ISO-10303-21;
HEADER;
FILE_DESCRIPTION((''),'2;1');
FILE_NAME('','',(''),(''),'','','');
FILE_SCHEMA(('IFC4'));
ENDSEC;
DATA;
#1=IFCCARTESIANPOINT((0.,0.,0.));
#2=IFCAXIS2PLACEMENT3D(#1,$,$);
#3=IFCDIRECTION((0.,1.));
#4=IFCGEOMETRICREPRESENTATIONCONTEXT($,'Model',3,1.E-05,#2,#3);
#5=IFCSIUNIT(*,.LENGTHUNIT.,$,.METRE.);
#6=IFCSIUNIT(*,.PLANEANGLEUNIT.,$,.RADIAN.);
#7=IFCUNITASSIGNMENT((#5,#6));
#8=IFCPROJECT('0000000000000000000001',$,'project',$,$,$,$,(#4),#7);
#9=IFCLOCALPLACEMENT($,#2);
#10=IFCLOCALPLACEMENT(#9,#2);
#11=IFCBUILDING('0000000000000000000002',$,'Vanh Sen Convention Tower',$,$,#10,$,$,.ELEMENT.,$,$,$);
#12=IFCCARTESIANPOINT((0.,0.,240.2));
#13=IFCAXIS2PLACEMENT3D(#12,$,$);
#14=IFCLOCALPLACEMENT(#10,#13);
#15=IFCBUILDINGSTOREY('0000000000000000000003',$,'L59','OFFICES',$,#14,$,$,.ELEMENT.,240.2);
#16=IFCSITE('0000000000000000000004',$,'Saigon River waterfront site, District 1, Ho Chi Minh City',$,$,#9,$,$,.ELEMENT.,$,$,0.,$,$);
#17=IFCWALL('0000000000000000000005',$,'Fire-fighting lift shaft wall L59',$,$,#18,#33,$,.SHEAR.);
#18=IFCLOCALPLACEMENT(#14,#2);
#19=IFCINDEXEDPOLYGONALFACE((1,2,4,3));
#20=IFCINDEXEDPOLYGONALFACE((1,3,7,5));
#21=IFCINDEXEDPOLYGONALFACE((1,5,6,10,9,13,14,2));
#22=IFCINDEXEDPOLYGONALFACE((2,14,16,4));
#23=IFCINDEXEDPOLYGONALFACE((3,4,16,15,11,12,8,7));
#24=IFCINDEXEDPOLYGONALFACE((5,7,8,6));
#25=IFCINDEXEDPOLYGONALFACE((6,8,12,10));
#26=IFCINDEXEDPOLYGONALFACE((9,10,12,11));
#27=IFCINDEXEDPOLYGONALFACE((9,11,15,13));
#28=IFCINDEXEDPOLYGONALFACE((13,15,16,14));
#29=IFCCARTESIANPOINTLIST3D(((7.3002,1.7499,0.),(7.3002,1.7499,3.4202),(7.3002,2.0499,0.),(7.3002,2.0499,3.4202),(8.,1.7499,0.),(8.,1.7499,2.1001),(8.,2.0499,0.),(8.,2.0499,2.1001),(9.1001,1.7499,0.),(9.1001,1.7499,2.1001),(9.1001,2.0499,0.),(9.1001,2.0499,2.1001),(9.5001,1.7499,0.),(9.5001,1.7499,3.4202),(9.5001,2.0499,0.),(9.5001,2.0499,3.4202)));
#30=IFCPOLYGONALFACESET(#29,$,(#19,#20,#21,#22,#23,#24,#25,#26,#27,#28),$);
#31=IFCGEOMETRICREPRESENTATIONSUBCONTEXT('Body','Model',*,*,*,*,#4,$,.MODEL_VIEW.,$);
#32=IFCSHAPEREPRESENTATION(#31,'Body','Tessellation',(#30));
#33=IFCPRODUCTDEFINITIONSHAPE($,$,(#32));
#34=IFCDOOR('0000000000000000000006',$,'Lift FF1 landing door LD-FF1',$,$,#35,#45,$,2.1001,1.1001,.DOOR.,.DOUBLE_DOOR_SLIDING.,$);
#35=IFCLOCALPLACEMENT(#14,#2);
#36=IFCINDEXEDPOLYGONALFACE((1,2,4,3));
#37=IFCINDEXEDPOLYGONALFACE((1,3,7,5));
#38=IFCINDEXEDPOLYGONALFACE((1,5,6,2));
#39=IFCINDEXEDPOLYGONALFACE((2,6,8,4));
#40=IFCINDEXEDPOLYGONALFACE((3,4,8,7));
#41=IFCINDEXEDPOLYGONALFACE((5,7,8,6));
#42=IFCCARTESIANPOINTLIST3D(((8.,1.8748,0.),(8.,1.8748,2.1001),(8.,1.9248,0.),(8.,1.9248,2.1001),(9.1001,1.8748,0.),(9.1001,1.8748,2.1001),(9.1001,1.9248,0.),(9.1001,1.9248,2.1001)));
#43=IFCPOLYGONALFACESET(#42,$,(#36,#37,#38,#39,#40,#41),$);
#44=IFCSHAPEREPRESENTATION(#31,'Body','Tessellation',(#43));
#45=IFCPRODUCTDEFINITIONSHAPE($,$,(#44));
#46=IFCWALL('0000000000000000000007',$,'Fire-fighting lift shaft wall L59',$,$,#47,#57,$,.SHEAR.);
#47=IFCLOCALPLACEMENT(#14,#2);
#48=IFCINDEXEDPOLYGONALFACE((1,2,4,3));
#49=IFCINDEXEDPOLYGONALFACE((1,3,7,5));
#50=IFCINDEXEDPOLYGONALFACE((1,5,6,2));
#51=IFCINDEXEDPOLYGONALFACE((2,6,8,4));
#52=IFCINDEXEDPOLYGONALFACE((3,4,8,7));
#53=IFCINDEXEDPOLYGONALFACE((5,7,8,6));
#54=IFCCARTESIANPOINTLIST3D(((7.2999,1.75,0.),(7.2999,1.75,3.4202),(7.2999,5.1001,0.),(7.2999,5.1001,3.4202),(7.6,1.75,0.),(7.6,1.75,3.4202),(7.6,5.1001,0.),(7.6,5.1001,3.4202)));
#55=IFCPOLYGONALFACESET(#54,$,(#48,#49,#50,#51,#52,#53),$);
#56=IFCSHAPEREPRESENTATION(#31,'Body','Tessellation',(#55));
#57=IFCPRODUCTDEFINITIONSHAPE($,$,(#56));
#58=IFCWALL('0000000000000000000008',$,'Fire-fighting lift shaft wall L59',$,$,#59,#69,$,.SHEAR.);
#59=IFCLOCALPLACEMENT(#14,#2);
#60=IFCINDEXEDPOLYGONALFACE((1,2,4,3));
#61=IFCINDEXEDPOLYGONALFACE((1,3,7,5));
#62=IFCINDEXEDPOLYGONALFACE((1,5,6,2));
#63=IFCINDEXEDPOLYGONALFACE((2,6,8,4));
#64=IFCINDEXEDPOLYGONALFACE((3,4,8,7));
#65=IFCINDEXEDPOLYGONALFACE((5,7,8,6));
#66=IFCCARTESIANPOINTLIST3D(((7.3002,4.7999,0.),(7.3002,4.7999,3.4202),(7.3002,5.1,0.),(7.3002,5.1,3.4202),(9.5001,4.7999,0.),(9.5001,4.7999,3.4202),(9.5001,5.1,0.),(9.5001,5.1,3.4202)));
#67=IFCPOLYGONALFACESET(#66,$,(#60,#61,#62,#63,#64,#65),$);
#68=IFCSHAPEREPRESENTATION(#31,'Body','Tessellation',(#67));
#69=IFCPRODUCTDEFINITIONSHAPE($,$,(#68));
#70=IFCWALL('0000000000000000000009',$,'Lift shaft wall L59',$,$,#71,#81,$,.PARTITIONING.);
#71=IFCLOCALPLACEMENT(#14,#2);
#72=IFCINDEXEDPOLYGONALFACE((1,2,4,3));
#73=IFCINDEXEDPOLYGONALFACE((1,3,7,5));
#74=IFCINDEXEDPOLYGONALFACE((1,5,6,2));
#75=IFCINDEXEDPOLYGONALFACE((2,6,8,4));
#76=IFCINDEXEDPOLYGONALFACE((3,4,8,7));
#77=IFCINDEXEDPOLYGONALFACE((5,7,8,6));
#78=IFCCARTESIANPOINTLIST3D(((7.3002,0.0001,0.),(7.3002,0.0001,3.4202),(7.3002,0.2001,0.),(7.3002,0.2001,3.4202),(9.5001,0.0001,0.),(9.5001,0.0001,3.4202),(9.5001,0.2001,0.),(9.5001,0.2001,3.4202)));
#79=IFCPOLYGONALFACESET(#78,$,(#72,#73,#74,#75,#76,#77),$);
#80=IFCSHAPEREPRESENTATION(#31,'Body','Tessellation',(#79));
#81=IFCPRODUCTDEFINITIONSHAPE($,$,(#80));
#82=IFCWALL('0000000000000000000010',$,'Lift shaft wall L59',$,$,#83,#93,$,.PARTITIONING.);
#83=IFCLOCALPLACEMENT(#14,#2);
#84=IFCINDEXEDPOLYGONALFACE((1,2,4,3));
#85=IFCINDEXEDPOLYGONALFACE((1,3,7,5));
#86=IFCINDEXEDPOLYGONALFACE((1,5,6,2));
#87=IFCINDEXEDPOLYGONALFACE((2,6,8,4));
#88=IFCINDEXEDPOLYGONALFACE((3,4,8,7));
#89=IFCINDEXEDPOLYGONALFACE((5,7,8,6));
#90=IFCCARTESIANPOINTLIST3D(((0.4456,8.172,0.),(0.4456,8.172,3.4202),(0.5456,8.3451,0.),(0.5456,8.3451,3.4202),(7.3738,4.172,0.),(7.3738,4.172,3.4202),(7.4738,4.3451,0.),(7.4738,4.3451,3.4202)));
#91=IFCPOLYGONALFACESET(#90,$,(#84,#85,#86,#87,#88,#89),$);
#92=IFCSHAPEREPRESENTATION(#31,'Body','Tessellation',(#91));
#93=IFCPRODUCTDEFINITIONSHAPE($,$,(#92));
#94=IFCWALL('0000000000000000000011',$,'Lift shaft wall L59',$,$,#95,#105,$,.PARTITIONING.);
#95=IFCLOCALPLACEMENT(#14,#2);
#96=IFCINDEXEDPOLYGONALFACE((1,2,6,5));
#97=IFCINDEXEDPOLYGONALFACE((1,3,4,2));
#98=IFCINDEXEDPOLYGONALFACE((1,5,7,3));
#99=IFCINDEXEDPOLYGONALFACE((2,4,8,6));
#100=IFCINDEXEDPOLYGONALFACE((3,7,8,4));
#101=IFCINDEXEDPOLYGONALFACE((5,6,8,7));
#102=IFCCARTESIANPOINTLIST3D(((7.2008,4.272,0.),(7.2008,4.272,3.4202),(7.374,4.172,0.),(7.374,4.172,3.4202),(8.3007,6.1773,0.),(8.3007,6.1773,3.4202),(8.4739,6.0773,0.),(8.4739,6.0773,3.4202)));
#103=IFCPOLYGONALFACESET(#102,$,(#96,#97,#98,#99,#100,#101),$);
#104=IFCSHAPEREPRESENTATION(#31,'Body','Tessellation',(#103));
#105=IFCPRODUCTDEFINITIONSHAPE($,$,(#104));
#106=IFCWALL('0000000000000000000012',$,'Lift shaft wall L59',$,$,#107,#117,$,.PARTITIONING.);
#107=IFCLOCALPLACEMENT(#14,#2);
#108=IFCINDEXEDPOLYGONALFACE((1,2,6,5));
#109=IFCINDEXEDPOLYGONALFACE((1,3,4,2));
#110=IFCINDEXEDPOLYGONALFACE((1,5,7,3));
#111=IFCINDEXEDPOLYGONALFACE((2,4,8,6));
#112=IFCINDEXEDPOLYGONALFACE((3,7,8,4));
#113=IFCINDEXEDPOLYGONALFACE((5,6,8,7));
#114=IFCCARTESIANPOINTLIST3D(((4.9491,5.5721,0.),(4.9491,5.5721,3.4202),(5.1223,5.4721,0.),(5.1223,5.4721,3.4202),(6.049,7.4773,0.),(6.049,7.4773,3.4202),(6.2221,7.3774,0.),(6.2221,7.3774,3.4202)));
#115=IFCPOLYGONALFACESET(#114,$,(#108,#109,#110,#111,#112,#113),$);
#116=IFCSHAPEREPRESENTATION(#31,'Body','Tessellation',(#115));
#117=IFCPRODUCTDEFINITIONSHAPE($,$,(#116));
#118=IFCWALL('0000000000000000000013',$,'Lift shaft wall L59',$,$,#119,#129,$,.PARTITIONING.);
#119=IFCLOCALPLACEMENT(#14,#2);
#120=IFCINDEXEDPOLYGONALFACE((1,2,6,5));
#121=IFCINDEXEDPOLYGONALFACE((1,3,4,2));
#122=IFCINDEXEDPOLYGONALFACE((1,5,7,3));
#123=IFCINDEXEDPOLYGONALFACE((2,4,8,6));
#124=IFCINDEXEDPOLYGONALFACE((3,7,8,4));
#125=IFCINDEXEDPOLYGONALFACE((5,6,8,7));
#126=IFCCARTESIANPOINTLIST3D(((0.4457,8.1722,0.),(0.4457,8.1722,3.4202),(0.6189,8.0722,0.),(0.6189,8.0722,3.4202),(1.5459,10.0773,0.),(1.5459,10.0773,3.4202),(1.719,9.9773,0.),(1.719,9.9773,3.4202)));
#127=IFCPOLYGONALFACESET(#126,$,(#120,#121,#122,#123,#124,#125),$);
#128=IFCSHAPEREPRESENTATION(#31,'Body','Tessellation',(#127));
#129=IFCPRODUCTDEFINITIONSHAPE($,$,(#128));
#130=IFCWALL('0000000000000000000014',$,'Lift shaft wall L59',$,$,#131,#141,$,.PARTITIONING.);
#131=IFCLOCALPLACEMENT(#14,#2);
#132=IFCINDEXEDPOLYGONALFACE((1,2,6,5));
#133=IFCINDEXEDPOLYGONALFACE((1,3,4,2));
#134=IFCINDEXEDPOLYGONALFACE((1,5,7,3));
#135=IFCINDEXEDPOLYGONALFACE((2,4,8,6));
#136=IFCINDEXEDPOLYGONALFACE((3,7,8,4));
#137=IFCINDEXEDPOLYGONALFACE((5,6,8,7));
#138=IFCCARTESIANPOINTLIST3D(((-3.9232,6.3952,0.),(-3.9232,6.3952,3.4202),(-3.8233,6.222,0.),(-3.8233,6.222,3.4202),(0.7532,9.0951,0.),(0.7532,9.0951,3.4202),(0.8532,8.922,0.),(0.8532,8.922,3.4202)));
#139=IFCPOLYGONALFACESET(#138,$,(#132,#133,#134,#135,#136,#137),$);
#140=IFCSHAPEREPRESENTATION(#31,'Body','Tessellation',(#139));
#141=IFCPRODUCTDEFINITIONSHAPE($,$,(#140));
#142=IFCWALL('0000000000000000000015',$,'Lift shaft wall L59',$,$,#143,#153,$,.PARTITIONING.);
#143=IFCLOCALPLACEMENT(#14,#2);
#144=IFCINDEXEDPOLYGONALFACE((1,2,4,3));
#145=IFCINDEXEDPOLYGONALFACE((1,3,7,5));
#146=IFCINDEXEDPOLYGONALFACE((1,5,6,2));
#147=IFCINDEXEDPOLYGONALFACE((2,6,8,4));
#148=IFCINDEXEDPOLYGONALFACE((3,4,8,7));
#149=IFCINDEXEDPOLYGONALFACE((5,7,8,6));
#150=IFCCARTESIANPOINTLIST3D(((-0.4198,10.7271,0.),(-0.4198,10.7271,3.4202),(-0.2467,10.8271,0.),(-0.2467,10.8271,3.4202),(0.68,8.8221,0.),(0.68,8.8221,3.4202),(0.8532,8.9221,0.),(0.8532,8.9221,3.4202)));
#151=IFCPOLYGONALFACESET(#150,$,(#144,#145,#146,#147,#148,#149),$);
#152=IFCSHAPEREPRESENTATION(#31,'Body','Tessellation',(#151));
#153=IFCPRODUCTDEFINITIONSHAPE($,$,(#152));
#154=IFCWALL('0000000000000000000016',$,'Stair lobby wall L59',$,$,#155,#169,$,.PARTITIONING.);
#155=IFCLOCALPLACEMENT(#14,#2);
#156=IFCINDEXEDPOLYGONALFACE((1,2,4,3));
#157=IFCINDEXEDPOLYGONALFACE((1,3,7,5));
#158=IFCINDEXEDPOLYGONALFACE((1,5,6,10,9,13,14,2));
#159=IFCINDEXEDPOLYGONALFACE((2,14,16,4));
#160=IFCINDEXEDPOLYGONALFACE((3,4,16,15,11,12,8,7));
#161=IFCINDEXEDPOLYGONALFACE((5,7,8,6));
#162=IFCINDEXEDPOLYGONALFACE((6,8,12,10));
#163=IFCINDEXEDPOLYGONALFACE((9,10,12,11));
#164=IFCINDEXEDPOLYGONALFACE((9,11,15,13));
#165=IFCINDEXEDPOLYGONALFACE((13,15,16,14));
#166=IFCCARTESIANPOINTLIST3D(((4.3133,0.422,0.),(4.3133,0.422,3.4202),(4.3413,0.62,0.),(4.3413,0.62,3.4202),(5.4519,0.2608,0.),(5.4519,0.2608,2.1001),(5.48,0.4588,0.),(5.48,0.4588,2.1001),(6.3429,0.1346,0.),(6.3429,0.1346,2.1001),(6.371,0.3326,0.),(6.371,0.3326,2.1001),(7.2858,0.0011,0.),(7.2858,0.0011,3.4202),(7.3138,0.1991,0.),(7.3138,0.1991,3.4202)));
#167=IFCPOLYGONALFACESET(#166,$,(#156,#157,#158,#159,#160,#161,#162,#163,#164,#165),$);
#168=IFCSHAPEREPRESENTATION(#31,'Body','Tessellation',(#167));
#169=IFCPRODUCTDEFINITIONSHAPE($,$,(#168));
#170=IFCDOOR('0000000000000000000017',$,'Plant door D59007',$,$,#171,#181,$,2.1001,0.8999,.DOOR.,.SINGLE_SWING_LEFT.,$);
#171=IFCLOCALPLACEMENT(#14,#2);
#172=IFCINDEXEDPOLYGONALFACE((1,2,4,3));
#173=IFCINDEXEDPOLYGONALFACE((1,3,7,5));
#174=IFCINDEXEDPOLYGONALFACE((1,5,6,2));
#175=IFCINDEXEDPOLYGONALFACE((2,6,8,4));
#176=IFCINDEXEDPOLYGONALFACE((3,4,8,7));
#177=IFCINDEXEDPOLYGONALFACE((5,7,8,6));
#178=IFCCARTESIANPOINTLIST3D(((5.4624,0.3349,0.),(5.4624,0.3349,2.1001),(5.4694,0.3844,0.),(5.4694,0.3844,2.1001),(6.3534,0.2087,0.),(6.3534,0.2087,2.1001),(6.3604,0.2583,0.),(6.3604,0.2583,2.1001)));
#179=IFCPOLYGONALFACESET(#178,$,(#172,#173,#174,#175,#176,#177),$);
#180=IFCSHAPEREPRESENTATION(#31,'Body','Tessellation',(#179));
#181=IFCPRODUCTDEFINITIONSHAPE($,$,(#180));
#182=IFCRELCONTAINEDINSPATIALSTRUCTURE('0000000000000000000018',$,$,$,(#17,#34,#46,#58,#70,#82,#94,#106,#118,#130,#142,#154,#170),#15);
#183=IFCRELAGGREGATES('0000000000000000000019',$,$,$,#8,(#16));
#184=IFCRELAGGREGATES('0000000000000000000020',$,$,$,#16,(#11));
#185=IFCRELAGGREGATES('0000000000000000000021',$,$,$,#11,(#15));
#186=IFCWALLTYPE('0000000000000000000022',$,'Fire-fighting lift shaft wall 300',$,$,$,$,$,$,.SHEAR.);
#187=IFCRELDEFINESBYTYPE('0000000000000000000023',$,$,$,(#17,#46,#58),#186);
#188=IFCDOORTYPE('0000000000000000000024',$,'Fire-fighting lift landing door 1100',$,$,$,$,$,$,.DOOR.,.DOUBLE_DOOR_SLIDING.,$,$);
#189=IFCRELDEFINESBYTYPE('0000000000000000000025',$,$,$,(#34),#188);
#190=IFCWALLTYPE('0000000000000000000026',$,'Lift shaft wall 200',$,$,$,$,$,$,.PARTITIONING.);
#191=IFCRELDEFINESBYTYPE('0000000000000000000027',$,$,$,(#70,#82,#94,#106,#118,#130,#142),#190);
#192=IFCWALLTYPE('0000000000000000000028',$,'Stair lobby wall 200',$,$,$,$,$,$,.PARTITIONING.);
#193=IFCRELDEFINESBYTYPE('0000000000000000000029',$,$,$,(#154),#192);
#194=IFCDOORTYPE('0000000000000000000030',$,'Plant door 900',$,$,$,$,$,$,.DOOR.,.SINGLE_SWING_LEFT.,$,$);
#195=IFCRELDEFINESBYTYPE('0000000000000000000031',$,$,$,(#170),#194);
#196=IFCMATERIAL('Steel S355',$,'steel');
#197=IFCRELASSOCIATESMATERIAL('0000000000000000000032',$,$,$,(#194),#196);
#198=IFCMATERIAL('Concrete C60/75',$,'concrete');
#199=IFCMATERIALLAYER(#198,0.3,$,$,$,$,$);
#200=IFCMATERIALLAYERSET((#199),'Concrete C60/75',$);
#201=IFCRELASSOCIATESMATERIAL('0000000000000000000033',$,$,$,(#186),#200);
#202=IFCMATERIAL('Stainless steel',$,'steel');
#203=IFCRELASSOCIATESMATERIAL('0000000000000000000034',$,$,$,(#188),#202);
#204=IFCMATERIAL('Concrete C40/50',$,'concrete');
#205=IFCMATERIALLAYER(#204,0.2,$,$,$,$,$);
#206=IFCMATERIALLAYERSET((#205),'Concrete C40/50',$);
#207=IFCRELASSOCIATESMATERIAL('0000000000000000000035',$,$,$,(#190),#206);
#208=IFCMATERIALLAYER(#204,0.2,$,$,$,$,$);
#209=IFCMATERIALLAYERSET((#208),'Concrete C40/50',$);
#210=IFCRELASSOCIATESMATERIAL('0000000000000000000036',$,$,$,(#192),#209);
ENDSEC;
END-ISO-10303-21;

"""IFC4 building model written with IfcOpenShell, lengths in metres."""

from ifc_helpers import new_model, si_unit, direction, frame, frame_2d, origin, place, context, subcontext, project, spatial, rectangle, extrude, material, layer, layer_set, type_object, element, fill, save


model = new_model("IFC4")

# Units and contexts
model_context = context("Model", 3, precision=1e-05, world=origin(), true_north=direction((0.0, 1.0)))
body_context = subcontext(model_context, "Body", "Model", "MODEL_VIEW")
ifc_project = project(units=[si_unit("LENGTHUNIT", "METRE"), si_unit("PLANEANGLEUNIT", "RADIAN")], contexts=[model_context])

# Site, building, storey
site_placement = place(None, origin())
site = spatial("IfcSite", under=ifc_project, at=site_placement, Name="Saigon River waterfront site, District 1, Ho Chi Minh City", CompositionType="ELEMENT", RefElevation=0.0)
building_placement = place(site_placement, origin())
building = spatial("IfcBuilding", under=site, at=building_placement, Name="Vanh Sen Convention Tower", CompositionType="ELEMENT")
storey_placement = place(building_placement, frame((0.0, 0.0, 240.2)))
storey = spatial("IfcBuildingStorey", under=building, at=storey_placement, Name="L59", Description="OFFICES", CompositionType="ELEMENT", Elevation=240.2)

# Shared definitions
ifc_material_1 = material(Name="Concrete C40/50", Category="concrete")

# Shared definitions
ifc_material_2 = material(Name="Concrete C60/75", Category="concrete")
ifc_material_3 = material(Name="Steel S355", Category="steel")
door_type_1 = type_object("IfcDoorType", Name="Plant door 900", OperationType="SINGLE_SWING_LEFT", PredefinedType="DOOR", material=ifc_material_3)

# Wall, opening, door
ifc_layer_1 = layer(ifc_material_2, 0.3)
ifc_layer_set_1 = layer_set([ifc_layer_1], Name="Concrete C60/75")
wall_type_1 = type_object("IfcWallType", Name="Fire-fighting lift shaft wall 300", PredefinedType="SHEAR", material=ifc_layer_set_1)
wall_1_placement = place(storey_placement, frame((7.3, 1.8999, 0.0), z_axis=(0.0, 0.0, 1.0), x_axis=(1.0, 0.0, 0.0)))
wall_1 = element("IfcWall", 1, at=wall_1_placement, inside=storey, type_object=wall_type_1, Name="Fire-fighting lift shaft wall L59", PredefinedType="SHEAR", context=body_context, shape_type="SweptSolid", body=[
    extrude(rectangle(XDim=2.2, YDim=0.3, at=frame_2d((1.1001, 0.0))), origin(), (0.0, 0.0, 1.0), 3.4202),
])
opening_1_placement = place(wall_1_placement, frame((0.7, 0.0, 0.0)))
opening_1 = element("IfcOpeningElement", 2, at=opening_1_placement, cuts=wall_1, PredefinedType="OPENING", context=body_context, shape_type="SweptSolid", body=[
    extrude(rectangle(XDim=1.1001, YDim=2.1001, at=frame_2d((0.55, 1.05))), frame((0.0, 0.1599, 0.0), z_axis=(0.0, -1.0, 0.0), x_axis=(1.0, 0.0, 0.0)), (0.0, 0.0, 1.0), 0.3201),
])
ifc_material_4 = material(Name="Stainless steel", Category="steel")
door_type_2 = type_object("IfcDoorType", Name="Fire-fighting lift landing door 1100", OperationType="DOUBLE_DOOR_SLIDING", PredefinedType="DOOR", material=ifc_material_4)
door_1_placement = place(opening_1_placement, origin())
door_1 = element("IfcDoor", 3, at=door_1_placement, inside=storey, type_object=door_type_2, Name="Lift FF1 landing door LD-FF1", OperationType="DOUBLE_DOOR_SLIDING", OverallHeight=2.1001, OverallWidth=1.1001, PredefinedType="DOOR", context=body_context, shape_type="SweptSolid", body=[
    extrude(rectangle(XDim=1.1001, YDim=2.1001, at=frame_2d((0.55, 1.05))), frame((0.0, 0.0249, 0.0), z_axis=(0.0, -1.0, 0.0), x_axis=(1.0, 0.0, 0.0)), (0.0, 0.0, 1.0), 0.05),
])
fill(opening_1, door_1)

# Walls
wall_2_placement = place(storey_placement, frame((7.45, 1.75, 0.0), z_axis=(0.0, 0.0, 1.0), x_axis=(0.0, 1.0, 0.0)))
element("IfcWall", 4, at=wall_2_placement, inside=storey, type_object=wall_type_1, Name="Fire-fighting lift shaft wall L59", PredefinedType="SHEAR", context=body_context, shape_type="SweptSolid", body=[
    extrude(rectangle(XDim=3.3501, YDim=0.3, at=frame_2d((1.675, 0.0))), origin(), (0.0, 0.0, 1.0), 3.4202),
])
wall_3_placement = place(storey_placement, frame((7.3, 4.95, 0.0), z_axis=(0.0, 0.0, 1.0), x_axis=(1.0, 0.0, 0.0)))
element("IfcWall", 5, at=wall_3_placement, inside=storey, type_object=wall_type_1, Name="Fire-fighting lift shaft wall L59", PredefinedType="SHEAR", context=body_context, shape_type="SweptSolid", body=[
    extrude(rectangle(XDim=2.2, YDim=0.3, at=frame_2d((1.1001, 0.0))), origin(), (0.0, 0.0, 1.0), 3.4202),
])
ifc_layer_2 = layer(ifc_material_1, 0.2)
ifc_layer_set_2 = layer_set([ifc_layer_2], Name="Concrete C40/50")
wall_type_2 = type_object("IfcWallType", Name="Lift shaft wall 200", PredefinedType="PARTITIONING", material=ifc_layer_set_2)
wall_4_placement = place(storey_placement, frame((7.3, 0.1001, 0.0), z_axis=(0.0, 0.0, 1.0), x_axis=(1.0, 0.0, 0.0)))
element("IfcWall", 6, at=wall_4_placement, inside=storey, type_object=wall_type_2, Name="Lift shaft wall L59", PredefinedType="PARTITIONING", context=body_context, shape_type="SweptSolid", body=[
    extrude(rectangle(XDim=2.2, YDim=0.2, at=frame_2d((1.1001, 0.0))), origin(), (0.0, 0.0, 1.0), 3.4202),
])
wall_5_placement = place(storey_placement, frame((7.4238, 4.2585, 0.0), z_axis=(0.0, 0.0, 1.0), x_axis=(-0.866026, 0.499999, 0.0)))
element("IfcWall", 7, at=wall_5_placement, inside=storey, type_object=wall_type_2, Name="Lift shaft wall L59", PredefinedType="PARTITIONING", context=body_context, shape_type="SweptSolid", body=[
    extrude(rectangle(XDim=8.0, YDim=0.2, at=frame_2d((4.0, 0.0))), origin(), (0.0, 0.0, 1.0), 3.4202),
])
for number, where, z_axis, x_axis, name in (
    (8, (7.2874, 4.2219, 0.0), (0.0, 0.0, 1.0), (0.499947, 0.866056, 0.0), "Lift shaft wall L59"),
    (9, (5.0356, 5.522, 0.0), (0.0, 0.0, 1.0), (0.499947, 0.866056, 0.0), "Lift shaft wall L59"),
    (10, (0.5322, 8.1221, 0.0), (0.0, 0.0, 1.0), (0.500078, 0.86598, 0.0), "Lift shaft wall L59"),
):
    element("IfcWall", number, at=place(storey_placement, frame(where, z_axis=z_axis, x_axis=x_axis)), inside=storey, type_object=wall_type_2, Name=name, PredefinedType="PARTITIONING", context=body_context, shape_type="SweptSolid", body=[
        extrude(rectangle(XDim=2.2, YDim=0.2, at=frame_2d((1.1001, 0.0))), origin(), (0.0, 0.0, 1.0), 3.4202),
    ])
wall_6_placement = place(storey_placement, frame((0.8032, 9.0085, 0.0), z_axis=(0.0, 0.0, 1.0), x_axis=(-0.866028, -0.499995, 0.0)))
element("IfcWall", 11, at=wall_6_placement, inside=storey, type_object=wall_type_2, Name="Lift shaft wall L59", PredefinedType="PARTITIONING", context=body_context, shape_type="SweptSolid", body=[
    extrude(rectangle(XDim=5.3999, YDim=0.2, at=frame_2d((2.7, 0.0))), origin(), (0.0, 0.0, 1.0), 3.4202),
])
wall_7_placement = place(storey_placement, frame((0.7666, 8.8721, 0.0), z_axis=(0.0, 0.0, 1.0), x_axis=(-0.499995, 0.866028, 0.0)))
element("IfcWall", 12, at=wall_7_placement, inside=storey, type_object=wall_type_2, Name="Lift shaft wall L59", PredefinedType="PARTITIONING", context=body_context, shape_type="SweptSolid", body=[
    extrude(rectangle(XDim=2.1997, YDim=0.2, at=frame_2d((1.0999, 0.0))), origin(), (0.0, 0.0, 1.0), 3.4202),
])

# Wall, opening, door
ifc_layer_3 = layer(ifc_material_1, 0.2)
ifc_layer_set_3 = layer_set([ifc_layer_3], Name="Concrete C40/50")
wall_type_3 = type_object("IfcWallType", Name="Stair lobby wall 200", PredefinedType="PARTITIONING", material=ifc_layer_set_3)
wall_8_placement = place(storey_placement, frame((4.3274, 0.521, 0.0), z_axis=(0.0, 0.0, 1.0), x_axis=(0.990124, -0.140192, 0.0)))
wall_8 = element("IfcWall", 13, at=wall_8_placement, inside=storey, type_object=wall_type_3, Name="Stair lobby wall L59", PredefinedType="PARTITIONING", context=body_context, shape_type="SweptSolid", body=[
    extrude(rectangle(XDim=3.0022, YDim=0.2, at=frame_2d((1.501, 0.0))), origin(), (0.0, 0.0, 1.0), 3.4202),
])
opening_2_placement = place(wall_8_placement, frame((1.1499, 0.0, 0.0)))
opening_2 = element("IfcOpeningElement", 14, at=opening_2_placement, cuts=wall_8, PredefinedType="OPENING", context=body_context, shape_type="SweptSolid", body=[
    extrude(rectangle(XDim=0.8999, YDim=2.1001, at=frame_2d((0.45, 1.05))), frame((0.0, 0.1099, 0.0), z_axis=(0.0, -1.0, 0.0), x_axis=(1.0, 0.0, 0.0)), (0.0, 0.0, 1.0), 0.22),
])
door_2_placement = place(opening_2_placement, origin())
door_2 = element("IfcDoor", 15, at=door_2_placement, inside=storey, type_object=door_type_1, Name="Plant door D59007", OperationType="SINGLE_SWING_LEFT", OverallHeight=2.1001, OverallWidth=0.8999, PredefinedType="DOOR", context=body_context, shape_type="SweptSolid", body=[
    extrude(rectangle(XDim=0.8999, YDim=2.1001, at=frame_2d((0.45, 1.05))), frame((0.0, 0.0249, 0.0), z_axis=(0.0, -1.0, 0.0), x_axis=(1.0, 0.0, 0.0)), (0.0, 0.0, 1.0), 0.05),
])
fill(opening_2, door_2)

save(model, "model.ifc")
